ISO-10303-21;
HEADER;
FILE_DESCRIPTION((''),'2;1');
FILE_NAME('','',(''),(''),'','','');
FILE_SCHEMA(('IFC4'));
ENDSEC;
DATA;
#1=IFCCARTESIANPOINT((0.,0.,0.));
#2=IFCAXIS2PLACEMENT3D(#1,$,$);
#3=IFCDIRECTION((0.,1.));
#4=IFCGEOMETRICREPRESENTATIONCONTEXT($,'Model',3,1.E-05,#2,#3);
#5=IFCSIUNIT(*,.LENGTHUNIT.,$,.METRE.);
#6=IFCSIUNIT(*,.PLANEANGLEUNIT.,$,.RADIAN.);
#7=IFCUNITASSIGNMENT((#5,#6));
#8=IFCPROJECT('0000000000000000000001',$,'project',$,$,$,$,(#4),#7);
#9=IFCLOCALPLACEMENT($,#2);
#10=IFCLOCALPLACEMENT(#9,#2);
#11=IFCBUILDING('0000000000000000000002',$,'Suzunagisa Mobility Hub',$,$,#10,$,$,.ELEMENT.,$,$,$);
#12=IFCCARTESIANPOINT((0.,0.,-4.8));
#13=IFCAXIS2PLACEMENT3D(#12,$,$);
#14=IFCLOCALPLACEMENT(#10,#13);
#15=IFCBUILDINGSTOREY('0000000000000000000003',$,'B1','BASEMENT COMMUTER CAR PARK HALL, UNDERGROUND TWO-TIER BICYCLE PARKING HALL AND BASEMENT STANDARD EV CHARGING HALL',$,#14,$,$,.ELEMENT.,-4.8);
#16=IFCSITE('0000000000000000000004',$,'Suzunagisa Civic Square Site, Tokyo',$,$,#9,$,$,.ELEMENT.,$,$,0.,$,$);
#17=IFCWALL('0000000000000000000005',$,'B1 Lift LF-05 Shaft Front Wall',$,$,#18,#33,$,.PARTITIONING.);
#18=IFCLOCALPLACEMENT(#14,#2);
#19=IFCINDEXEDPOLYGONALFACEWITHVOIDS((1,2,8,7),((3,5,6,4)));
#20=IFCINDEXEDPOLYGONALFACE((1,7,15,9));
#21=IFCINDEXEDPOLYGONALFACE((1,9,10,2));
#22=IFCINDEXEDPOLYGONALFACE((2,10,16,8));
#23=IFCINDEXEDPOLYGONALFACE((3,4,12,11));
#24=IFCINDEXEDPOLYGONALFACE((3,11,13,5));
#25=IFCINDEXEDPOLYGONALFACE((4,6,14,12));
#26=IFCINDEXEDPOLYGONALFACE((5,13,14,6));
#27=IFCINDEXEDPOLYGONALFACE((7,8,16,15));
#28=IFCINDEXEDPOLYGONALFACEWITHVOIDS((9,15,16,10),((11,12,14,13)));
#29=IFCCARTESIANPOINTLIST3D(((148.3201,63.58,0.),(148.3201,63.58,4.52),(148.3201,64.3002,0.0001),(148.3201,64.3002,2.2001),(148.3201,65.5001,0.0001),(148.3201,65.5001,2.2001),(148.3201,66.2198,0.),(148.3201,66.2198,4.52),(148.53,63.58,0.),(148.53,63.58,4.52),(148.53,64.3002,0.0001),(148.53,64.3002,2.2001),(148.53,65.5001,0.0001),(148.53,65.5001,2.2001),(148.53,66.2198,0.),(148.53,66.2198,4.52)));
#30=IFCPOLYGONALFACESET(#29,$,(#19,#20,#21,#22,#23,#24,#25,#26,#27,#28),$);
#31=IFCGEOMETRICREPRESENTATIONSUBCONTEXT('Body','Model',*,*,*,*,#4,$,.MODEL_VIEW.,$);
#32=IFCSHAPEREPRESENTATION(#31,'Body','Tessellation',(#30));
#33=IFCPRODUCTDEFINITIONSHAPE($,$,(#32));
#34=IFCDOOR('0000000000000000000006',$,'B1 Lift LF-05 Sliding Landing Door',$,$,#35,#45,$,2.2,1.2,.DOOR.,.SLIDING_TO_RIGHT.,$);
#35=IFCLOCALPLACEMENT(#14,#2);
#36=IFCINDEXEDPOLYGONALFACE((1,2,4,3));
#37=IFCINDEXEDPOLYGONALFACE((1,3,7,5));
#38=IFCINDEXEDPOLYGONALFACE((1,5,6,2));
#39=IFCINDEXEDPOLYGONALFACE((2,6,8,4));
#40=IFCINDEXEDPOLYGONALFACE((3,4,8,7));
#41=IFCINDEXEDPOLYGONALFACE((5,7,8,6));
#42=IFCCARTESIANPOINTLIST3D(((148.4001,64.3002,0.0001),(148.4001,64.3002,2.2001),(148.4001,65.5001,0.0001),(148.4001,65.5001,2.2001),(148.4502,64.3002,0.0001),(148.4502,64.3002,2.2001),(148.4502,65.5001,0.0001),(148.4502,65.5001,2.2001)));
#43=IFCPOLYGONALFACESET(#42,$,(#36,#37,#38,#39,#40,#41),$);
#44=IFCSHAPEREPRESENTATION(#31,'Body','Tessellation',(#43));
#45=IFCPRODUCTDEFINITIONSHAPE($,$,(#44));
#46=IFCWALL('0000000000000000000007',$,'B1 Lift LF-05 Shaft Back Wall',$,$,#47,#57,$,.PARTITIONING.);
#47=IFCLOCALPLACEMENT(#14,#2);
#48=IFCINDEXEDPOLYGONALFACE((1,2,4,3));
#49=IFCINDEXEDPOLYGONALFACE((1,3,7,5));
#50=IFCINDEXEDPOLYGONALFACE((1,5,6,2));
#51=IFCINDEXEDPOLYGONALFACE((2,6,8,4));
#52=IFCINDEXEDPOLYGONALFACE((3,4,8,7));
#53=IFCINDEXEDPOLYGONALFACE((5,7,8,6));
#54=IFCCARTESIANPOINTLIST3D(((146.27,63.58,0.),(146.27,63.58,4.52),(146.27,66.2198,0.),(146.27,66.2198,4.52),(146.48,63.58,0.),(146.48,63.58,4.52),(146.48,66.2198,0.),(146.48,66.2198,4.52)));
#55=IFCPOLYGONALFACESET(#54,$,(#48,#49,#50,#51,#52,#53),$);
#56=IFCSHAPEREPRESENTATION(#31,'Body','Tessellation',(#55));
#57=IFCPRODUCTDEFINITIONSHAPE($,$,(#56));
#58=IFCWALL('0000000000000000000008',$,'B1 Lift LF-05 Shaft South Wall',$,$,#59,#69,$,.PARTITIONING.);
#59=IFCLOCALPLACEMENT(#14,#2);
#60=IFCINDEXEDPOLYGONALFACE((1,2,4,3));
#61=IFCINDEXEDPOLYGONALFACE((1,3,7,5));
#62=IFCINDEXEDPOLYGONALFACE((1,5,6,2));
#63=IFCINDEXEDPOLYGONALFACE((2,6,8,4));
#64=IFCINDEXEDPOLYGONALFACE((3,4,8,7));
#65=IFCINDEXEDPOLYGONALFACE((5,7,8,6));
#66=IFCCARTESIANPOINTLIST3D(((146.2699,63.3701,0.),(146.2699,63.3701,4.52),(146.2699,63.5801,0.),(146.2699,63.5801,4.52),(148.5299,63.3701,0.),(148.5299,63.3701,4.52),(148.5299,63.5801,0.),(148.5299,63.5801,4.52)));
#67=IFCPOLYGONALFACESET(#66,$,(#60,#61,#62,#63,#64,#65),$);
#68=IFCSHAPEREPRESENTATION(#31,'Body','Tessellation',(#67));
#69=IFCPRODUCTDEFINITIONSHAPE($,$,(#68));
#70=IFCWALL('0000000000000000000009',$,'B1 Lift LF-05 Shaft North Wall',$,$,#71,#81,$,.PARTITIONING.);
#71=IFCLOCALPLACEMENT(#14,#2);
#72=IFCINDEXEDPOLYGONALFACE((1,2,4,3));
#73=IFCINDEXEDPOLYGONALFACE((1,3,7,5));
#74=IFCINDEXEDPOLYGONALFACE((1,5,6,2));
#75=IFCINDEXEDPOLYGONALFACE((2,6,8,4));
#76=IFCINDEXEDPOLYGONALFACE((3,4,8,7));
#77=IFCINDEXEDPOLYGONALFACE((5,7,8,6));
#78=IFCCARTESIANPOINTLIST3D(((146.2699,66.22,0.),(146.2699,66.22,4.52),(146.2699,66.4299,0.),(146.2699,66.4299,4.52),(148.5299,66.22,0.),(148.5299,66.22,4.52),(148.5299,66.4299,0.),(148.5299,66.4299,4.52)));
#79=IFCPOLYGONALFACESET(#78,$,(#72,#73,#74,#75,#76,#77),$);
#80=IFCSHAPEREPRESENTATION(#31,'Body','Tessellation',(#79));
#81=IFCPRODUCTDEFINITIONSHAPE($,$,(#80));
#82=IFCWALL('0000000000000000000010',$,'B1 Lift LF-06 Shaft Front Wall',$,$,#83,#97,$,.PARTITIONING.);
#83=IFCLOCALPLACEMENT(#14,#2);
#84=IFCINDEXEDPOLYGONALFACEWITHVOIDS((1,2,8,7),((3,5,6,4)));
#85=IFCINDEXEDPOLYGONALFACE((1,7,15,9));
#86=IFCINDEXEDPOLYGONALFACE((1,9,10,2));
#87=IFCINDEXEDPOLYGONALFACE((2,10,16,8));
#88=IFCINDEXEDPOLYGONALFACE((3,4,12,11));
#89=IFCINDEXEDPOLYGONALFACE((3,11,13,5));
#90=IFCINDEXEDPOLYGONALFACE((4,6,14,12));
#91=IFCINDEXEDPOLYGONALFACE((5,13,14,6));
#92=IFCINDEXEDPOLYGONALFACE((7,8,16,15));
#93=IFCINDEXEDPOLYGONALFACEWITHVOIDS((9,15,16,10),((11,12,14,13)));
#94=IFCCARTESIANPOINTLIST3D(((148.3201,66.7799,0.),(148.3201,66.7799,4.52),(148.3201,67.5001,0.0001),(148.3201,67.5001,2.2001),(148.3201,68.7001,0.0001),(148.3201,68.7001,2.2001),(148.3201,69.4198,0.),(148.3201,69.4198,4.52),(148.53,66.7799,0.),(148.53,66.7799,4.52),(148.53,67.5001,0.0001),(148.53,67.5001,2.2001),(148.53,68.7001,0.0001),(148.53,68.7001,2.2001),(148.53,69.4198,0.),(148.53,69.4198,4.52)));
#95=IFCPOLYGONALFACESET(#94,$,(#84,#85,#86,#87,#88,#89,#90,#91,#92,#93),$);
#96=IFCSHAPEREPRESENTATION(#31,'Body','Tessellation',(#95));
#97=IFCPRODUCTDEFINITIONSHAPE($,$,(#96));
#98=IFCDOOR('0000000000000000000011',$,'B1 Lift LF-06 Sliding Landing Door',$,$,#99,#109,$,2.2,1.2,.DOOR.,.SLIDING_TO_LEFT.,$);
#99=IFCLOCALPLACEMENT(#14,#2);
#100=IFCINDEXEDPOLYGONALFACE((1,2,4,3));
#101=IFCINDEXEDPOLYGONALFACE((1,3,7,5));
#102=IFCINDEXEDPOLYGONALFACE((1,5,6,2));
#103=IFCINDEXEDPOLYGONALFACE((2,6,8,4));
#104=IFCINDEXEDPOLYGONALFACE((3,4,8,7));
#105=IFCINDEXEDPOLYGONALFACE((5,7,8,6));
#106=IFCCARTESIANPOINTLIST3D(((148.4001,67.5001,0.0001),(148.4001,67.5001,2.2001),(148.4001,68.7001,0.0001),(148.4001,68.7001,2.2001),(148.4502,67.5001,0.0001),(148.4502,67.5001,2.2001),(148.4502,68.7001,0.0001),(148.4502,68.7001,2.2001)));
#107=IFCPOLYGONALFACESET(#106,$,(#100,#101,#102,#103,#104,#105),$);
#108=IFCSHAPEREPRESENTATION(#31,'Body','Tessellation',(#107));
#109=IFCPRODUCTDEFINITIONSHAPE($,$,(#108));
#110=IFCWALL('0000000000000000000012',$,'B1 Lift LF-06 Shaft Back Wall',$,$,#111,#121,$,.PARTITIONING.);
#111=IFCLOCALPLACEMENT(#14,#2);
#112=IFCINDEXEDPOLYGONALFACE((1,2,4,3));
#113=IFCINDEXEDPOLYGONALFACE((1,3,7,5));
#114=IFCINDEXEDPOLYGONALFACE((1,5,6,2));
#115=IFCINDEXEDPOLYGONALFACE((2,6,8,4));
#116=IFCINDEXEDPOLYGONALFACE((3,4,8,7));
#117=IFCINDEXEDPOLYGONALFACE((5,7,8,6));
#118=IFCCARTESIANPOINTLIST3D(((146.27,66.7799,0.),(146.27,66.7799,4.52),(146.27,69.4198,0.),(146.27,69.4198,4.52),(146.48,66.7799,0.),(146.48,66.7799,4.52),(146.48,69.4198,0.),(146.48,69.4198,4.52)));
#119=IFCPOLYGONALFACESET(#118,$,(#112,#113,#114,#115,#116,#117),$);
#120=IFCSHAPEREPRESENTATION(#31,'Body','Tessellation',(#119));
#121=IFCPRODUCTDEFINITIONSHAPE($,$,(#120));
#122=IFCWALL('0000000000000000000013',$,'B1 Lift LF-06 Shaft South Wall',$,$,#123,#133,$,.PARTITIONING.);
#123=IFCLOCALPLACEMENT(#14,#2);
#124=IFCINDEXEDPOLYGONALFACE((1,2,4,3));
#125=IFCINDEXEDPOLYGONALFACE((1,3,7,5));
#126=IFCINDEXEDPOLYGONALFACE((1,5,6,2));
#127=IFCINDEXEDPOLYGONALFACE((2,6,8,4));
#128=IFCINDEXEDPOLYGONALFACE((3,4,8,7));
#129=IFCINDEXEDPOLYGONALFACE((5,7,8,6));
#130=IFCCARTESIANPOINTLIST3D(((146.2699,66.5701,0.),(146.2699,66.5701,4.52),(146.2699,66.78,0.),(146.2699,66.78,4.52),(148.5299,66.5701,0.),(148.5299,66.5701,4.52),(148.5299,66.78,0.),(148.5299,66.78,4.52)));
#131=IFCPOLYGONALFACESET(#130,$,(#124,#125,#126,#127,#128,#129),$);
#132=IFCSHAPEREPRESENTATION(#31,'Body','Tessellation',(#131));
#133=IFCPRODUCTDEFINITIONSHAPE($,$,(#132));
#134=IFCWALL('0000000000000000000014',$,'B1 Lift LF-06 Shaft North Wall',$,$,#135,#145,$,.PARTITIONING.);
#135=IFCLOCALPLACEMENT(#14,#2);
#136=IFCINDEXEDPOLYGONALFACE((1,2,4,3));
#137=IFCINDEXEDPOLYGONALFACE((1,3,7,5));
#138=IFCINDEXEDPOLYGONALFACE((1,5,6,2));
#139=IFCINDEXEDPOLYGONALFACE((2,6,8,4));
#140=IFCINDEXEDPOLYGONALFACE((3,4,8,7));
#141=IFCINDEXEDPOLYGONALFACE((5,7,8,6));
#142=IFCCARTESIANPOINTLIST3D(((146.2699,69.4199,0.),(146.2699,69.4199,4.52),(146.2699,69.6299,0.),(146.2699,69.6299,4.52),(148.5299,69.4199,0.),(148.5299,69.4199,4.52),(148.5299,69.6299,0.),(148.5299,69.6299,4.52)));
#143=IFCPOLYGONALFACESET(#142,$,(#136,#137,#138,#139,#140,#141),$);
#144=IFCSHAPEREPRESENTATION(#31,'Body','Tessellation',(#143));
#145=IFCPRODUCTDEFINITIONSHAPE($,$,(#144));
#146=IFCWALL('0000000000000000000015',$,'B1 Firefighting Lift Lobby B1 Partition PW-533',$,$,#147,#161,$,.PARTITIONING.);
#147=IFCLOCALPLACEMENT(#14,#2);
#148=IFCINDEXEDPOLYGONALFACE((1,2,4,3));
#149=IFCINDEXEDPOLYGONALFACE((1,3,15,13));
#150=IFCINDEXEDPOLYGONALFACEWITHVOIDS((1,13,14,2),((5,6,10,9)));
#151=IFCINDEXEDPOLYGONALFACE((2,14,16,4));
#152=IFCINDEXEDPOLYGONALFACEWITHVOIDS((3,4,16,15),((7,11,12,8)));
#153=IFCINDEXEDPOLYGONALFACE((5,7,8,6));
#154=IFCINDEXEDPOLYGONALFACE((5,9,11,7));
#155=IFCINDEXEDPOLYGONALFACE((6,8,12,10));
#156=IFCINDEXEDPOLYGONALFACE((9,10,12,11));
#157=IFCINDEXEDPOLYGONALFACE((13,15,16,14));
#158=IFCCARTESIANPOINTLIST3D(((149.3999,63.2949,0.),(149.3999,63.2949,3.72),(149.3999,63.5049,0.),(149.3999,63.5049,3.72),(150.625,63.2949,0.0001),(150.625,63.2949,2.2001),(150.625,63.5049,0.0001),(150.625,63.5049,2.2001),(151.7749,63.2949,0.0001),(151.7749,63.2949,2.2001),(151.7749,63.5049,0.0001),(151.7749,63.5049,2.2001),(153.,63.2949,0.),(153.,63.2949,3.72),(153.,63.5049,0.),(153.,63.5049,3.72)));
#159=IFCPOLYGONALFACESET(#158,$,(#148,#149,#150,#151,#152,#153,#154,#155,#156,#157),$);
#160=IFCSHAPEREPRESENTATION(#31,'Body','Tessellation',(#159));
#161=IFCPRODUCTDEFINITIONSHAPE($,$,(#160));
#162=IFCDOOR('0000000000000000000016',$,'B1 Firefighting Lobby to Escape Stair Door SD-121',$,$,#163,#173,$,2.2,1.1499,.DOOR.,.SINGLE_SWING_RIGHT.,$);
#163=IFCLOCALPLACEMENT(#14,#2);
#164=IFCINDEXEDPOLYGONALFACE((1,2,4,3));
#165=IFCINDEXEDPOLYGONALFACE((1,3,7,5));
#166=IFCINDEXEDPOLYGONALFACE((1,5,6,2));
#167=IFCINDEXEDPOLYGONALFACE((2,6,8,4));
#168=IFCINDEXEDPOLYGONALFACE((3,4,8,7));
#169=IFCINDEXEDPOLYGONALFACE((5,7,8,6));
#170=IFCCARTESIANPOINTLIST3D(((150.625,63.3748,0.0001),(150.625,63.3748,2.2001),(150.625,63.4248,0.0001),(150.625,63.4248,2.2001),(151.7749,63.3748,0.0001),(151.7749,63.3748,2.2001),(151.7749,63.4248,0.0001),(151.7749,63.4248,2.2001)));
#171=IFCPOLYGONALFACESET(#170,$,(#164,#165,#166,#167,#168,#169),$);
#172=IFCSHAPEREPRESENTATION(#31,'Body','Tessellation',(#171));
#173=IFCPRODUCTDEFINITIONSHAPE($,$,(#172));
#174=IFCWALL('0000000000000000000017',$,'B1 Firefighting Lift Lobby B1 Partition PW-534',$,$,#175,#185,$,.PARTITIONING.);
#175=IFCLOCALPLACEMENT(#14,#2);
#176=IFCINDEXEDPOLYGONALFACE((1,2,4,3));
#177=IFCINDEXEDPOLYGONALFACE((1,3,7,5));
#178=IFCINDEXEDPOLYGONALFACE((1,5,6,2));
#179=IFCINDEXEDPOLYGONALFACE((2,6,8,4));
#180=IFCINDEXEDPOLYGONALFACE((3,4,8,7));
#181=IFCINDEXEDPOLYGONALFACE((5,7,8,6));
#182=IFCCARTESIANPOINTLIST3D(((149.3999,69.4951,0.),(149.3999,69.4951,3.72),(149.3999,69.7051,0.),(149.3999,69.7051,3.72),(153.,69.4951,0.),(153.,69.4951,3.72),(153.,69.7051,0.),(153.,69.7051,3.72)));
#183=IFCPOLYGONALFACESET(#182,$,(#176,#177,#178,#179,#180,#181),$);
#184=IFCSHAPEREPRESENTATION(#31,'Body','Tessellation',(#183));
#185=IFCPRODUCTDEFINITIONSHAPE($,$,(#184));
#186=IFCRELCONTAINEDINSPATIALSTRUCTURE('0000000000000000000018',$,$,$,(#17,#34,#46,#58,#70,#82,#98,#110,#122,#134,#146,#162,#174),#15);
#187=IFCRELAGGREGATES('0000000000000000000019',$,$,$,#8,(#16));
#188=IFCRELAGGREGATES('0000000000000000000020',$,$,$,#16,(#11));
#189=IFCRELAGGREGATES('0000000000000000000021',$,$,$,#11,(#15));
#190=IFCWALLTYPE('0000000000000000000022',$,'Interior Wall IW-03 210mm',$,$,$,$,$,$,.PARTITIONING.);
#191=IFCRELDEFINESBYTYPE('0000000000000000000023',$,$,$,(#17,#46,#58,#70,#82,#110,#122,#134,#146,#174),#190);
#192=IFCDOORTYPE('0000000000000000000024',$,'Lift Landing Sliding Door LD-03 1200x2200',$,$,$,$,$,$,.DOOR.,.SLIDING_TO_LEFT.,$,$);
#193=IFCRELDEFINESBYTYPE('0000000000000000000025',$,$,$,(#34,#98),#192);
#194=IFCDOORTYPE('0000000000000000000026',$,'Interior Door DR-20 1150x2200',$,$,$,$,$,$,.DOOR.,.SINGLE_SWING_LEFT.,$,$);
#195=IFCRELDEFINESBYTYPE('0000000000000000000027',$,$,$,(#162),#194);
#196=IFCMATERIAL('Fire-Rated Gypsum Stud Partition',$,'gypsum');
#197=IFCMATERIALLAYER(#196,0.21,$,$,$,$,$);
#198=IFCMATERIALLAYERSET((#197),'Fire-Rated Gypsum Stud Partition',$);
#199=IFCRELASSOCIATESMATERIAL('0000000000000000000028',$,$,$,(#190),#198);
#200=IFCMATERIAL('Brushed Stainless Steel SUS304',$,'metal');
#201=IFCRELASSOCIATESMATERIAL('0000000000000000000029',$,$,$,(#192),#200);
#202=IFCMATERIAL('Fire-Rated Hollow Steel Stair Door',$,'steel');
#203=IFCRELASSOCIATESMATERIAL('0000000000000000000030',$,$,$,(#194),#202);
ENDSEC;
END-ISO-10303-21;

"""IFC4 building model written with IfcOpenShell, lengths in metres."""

from ifc_helpers import new_model, si_unit, direction, frame, frame_2d, origin, place, context, subcontext, project, spatial, rectangle, extrude, material, layer, layer_set, type_object, element, fill, save


model = new_model("IFC4")

# Units and contexts
model_context = context("Model", 3, precision=1e-05, world=origin(), true_north=direction((0.0, 1.0)))
body_context = subcontext(model_context, "Body", "Model", "MODEL_VIEW")
ifc_project = project(units=[si_unit("LENGTHUNIT", "METRE"), si_unit("PLANEANGLEUNIT", "RADIAN")], contexts=[model_context])

# Site, building, storey
site_placement = place(None, origin())
site = spatial("IfcSite", under=ifc_project, at=site_placement, Name="Suzunagisa Civic Square Site, Tokyo", CompositionType="ELEMENT", RefElevation=0.0)
building_placement = place(site_placement, origin())
building = spatial("IfcBuilding", under=site, at=building_placement, Name="Suzunagisa Mobility Hub", CompositionType="ELEMENT")
storey_placement = place(building_placement, frame((0.0, 0.0, -4.8)))
storey = spatial("IfcBuildingStorey", under=building, at=storey_placement, Name="B1", Description="BASEMENT COMMUTER CAR PARK HALL, UNDERGROUND TWO-TIER BICYCLE PARKING HALL AND BASEMENT STANDARD EV CHARGING HALL", CompositionType="ELEMENT", Elevation=-4.8)

# Wall, opening, door
ifc_material_1 = material(Name="Fire-Rated Gypsum Stud Partition", Category="gypsum")
ifc_layer_1 = layer(ifc_material_1, 0.21)
ifc_layer_set_1 = layer_set([ifc_layer_1], Name="Fire-Rated Gypsum Stud Partition")
wall_type = type_object("IfcWallType", Name="Interior Wall IW-03 210mm", PredefinedType="PARTITIONING", material=ifc_layer_set_1)
wall_1_placement = place(storey_placement, frame((148.425, 63.5801, 0.0), z_axis=(0.0, 0.0, 1.0), x_axis=(0.0, 1.0, 0.0)))
wall_1 = element("IfcWall", 1, at=wall_1_placement, inside=storey, type_object=wall_type, Name="B1 Lift LF-05 Shaft Front Wall", PredefinedType="PARTITIONING", context=body_context, shape_type="SweptSolid", body=[
    extrude(rectangle(XDim=2.6399, YDim=0.21, at=frame_2d((1.3198, 0.0))), origin(), (0.0, 0.0, 1.0), 4.52),
])
opening_1_placement = place(wall_1_placement, frame((0.72, 0.0, 0.0)))
opening_1 = element("IfcOpeningElement", 2, at=opening_1_placement, cuts=wall_1, PredefinedType="OPENING", context=body_context, shape_type="SweptSolid", body=[
    extrude(rectangle(XDim=1.2, YDim=2.2, at=frame_2d((0.6001, 1.1001))), frame((0.0, 0.116, 0.0), z_axis=(0.0, -1.0, 0.0), x_axis=(1.0, 0.0, 0.0)), (0.0, 0.0, 1.0), 0.2319),
])
ifc_material_2 = material(Name="Brushed Stainless Steel SUS304", Category="metal")
door_type_1 = type_object("IfcDoorType", Name="Lift Landing Sliding Door LD-03 1200x2200", OperationType="SLIDING_TO_LEFT", PredefinedType="DOOR", material=ifc_material_2)
door_1_placement = place(opening_1_placement, origin())
door_1 = element("IfcDoor", 3, at=door_1_placement, inside=storey, type_object=door_type_1, Name="B1 Lift LF-05 Sliding Landing Door", OperationType="SLIDING_TO_RIGHT", OverallHeight=2.2, OverallWidth=1.2, PredefinedType="DOOR", context=body_context, shape_type="SweptSolid", body=[
    extrude(rectangle(XDim=1.2, YDim=2.2, at=frame_2d((0.6001, 1.1001))), frame((0.0, 0.0249, 0.0), z_axis=(0.0, -1.0, 0.0), x_axis=(1.0, 0.0, 0.0)), (0.0, 0.0, 1.0), 0.05),
])
fill(opening_1, door_1)

# Walls
wall_2_placement = place(storey_placement, frame((146.375, 63.5801, 0.0), z_axis=(0.0, 0.0, 1.0), x_axis=(0.0, 1.0, 0.0)))
element("IfcWall", 4, at=wall_2_placement, inside=storey, type_object=wall_type, Name="B1 Lift LF-05 Shaft Back Wall", PredefinedType="PARTITIONING", context=body_context, shape_type="SweptSolid", body=[
    extrude(rectangle(XDim=2.6399, YDim=0.21, at=frame_2d((1.3198, 0.0))), origin(), (0.0, 0.0, 1.0), 4.52),
])
for number, where, z_axis, x_axis, name in (
    (5, (146.27, 63.4751, 0.0), (0.0, 0.0, 1.0), (1.0, 0.0, 0.0), "B1 Lift LF-05 Shaft South Wall"),
    (6, (146.27, 66.325, 0.0), (0.0, 0.0, 1.0), (1.0, 0.0, 0.0), "B1 Lift LF-05 Shaft North Wall"),
):
    element("IfcWall", number, at=place(storey_placement, frame(where, z_axis=z_axis, x_axis=x_axis)), inside=storey, type_object=wall_type, Name=name, PredefinedType="PARTITIONING", context=body_context, shape_type="SweptSolid", body=[
        extrude(rectangle(XDim=2.26, YDim=0.21, at=frame_2d((1.1299, 0.0))), origin(), (0.0, 0.0, 1.0), 4.52),
    ])

# Wall, opening, door
wall_3_placement = place(storey_placement, frame((148.425, 66.78, 0.0), z_axis=(0.0, 0.0, 1.0), x_axis=(0.0, 1.0, 0.0)))
wall_3 = element("IfcWall", 7, at=wall_3_placement, inside=storey, type_object=wall_type, Name="B1 Lift LF-06 Shaft Front Wall", PredefinedType="PARTITIONING", context=body_context, shape_type="SweptSolid", body=[
    extrude(rectangle(XDim=2.6399, YDim=0.21, at=frame_2d((1.3198, 0.0))), origin(), (0.0, 0.0, 1.0), 4.52),
])
opening_2_placement = place(wall_3_placement, frame((0.72, 0.0, 0.0)))
opening_2 = element("IfcOpeningElement", 8, at=opening_2_placement, cuts=wall_3, PredefinedType="OPENING", context=body_context, shape_type="SweptSolid", body=[
    extrude(rectangle(XDim=1.2, YDim=2.2, at=frame_2d((0.6001, 1.1001))), frame((0.0, 0.116, 0.0), z_axis=(0.0, -1.0, 0.0), x_axis=(1.0, 0.0, 0.0)), (0.0, 0.0, 1.0), 0.2319),
])
door_2_placement = place(opening_2_placement, origin())
door_2 = element("IfcDoor", 9, at=door_2_placement, inside=storey, type_object=door_type_1, Name="B1 Lift LF-06 Sliding Landing Door", OperationType="SLIDING_TO_LEFT", OverallHeight=2.2, OverallWidth=1.2, PredefinedType="DOOR", context=body_context, shape_type="SweptSolid", body=[
    extrude(rectangle(XDim=1.2, YDim=2.2, at=frame_2d((0.6001, 1.1001))), frame((0.0, 0.0249, 0.0), z_axis=(0.0, -1.0, 0.0), x_axis=(1.0, 0.0, 0.0)), (0.0, 0.0, 1.0), 0.05),
])
fill(opening_2, door_2)

# Walls
wall_4_placement = place(storey_placement, frame((146.375, 66.78, 0.0), z_axis=(0.0, 0.0, 1.0), x_axis=(0.0, 1.0, 0.0)))
element("IfcWall", 10, at=wall_4_placement, inside=storey, type_object=wall_type, Name="B1 Lift LF-06 Shaft Back Wall", PredefinedType="PARTITIONING", context=body_context, shape_type="SweptSolid", body=[
    extrude(rectangle(XDim=2.6399, YDim=0.21, at=frame_2d((1.3198, 0.0))), origin(), (0.0, 0.0, 1.0), 4.52),
])
for number, where, z_axis, x_axis, name in (
    (11, (146.27, 66.675, 0.0), (0.0, 0.0, 1.0), (1.0, 0.0, 0.0), "B1 Lift LF-06 Shaft South Wall"),
    (12, (146.27, 69.5249, 0.0), (0.0, 0.0, 1.0), (1.0, 0.0, 0.0), "B1 Lift LF-06 Shaft North Wall"),
):
    element("IfcWall", number, at=place(storey_placement, frame(where, z_axis=z_axis, x_axis=x_axis)), inside=storey, type_object=wall_type, Name=name, PredefinedType="PARTITIONING", context=body_context, shape_type="SweptSolid", body=[
        extrude(rectangle(XDim=2.26, YDim=0.21, at=frame_2d((1.1299, 0.0))), origin(), (0.0, 0.0, 1.0), 4.52),
    ])

# Wall, opening, door
wall_5_placement = place(storey_placement, frame((149.3999, 63.3999, 0.0), z_axis=(0.0, 0.0, 1.0), x_axis=(1.0, 0.0, 0.0)))
wall_5 = element("IfcWall", 13, at=wall_5_placement, inside=storey, type_object=wall_type, Name="B1 Firefighting Lift Lobby B1 Partition PW-533", PredefinedType="PARTITIONING", context=body_context, shape_type="SweptSolid", body=[
    extrude(rectangle(XDim=3.6001, YDim=0.21, at=frame_2d((1.8, 0.0))), origin(), (0.0, 0.0, 1.0), 3.72),
])
opening_3_placement = place(wall_5_placement, frame((1.2251, 0.0, 0.0)))
opening_3 = element("IfcOpeningElement", 14, at=opening_3_placement, cuts=wall_5, PredefinedType="OPENING", context=body_context, shape_type="SweptSolid", body=[
    extrude(rectangle(XDim=1.1499, YDim=2.2, at=frame_2d((0.575, 1.1001))), frame((0.0, 0.116, 0.0), z_axis=(0.0, -1.0, 0.0), x_axis=(1.0, 0.0, 0.0)), (0.0, 0.0, 1.0), 0.2319),
])
ifc_material_3 = material(Name="Fire-Rated Hollow Steel Stair Door", Category="steel")
door_type_2 = type_object("IfcDoorType", Name="Interior Door DR-20 1150x2200", OperationType="SINGLE_SWING_LEFT", PredefinedType="DOOR", material=ifc_material_3)
door_3_placement = place(opening_3_placement, origin())
door_3 = element("IfcDoor", 15, at=door_3_placement, inside=storey, type_object=door_type_2, Name="B1 Firefighting Lobby to Escape Stair Door SD-121", OperationType="SINGLE_SWING_RIGHT", OverallHeight=2.2, OverallWidth=1.1499, PredefinedType="DOOR", context=body_context, shape_type="SweptSolid", body=[
    extrude(rectangle(XDim=1.1499, YDim=2.2, at=frame_2d((0.575, 1.1001))), frame((0.0, 0.0249, 0.0), z_axis=(0.0, -1.0, 0.0), x_axis=(1.0, 0.0, 0.0)), (0.0, 0.0, 1.0), 0.05),
])
fill(opening_3, door_3)

# Wall
wall_6_placement = place(storey_placement, frame((149.3999, 69.6001, 0.0), z_axis=(0.0, 0.0, 1.0), x_axis=(1.0, 0.0, 0.0)))
element("IfcWall", 16, at=wall_6_placement, inside=storey, type_object=wall_type, Name="B1 Firefighting Lift Lobby B1 Partition PW-534", PredefinedType="PARTITIONING", context=body_context, shape_type="SweptSolid", body=[
    extrude(rectangle(XDim=3.6001, YDim=0.21, at=frame_2d((1.8, 0.0))), origin(), (0.0, 0.0, 1.0), 3.72),
])

save(model, "model.ifc")
